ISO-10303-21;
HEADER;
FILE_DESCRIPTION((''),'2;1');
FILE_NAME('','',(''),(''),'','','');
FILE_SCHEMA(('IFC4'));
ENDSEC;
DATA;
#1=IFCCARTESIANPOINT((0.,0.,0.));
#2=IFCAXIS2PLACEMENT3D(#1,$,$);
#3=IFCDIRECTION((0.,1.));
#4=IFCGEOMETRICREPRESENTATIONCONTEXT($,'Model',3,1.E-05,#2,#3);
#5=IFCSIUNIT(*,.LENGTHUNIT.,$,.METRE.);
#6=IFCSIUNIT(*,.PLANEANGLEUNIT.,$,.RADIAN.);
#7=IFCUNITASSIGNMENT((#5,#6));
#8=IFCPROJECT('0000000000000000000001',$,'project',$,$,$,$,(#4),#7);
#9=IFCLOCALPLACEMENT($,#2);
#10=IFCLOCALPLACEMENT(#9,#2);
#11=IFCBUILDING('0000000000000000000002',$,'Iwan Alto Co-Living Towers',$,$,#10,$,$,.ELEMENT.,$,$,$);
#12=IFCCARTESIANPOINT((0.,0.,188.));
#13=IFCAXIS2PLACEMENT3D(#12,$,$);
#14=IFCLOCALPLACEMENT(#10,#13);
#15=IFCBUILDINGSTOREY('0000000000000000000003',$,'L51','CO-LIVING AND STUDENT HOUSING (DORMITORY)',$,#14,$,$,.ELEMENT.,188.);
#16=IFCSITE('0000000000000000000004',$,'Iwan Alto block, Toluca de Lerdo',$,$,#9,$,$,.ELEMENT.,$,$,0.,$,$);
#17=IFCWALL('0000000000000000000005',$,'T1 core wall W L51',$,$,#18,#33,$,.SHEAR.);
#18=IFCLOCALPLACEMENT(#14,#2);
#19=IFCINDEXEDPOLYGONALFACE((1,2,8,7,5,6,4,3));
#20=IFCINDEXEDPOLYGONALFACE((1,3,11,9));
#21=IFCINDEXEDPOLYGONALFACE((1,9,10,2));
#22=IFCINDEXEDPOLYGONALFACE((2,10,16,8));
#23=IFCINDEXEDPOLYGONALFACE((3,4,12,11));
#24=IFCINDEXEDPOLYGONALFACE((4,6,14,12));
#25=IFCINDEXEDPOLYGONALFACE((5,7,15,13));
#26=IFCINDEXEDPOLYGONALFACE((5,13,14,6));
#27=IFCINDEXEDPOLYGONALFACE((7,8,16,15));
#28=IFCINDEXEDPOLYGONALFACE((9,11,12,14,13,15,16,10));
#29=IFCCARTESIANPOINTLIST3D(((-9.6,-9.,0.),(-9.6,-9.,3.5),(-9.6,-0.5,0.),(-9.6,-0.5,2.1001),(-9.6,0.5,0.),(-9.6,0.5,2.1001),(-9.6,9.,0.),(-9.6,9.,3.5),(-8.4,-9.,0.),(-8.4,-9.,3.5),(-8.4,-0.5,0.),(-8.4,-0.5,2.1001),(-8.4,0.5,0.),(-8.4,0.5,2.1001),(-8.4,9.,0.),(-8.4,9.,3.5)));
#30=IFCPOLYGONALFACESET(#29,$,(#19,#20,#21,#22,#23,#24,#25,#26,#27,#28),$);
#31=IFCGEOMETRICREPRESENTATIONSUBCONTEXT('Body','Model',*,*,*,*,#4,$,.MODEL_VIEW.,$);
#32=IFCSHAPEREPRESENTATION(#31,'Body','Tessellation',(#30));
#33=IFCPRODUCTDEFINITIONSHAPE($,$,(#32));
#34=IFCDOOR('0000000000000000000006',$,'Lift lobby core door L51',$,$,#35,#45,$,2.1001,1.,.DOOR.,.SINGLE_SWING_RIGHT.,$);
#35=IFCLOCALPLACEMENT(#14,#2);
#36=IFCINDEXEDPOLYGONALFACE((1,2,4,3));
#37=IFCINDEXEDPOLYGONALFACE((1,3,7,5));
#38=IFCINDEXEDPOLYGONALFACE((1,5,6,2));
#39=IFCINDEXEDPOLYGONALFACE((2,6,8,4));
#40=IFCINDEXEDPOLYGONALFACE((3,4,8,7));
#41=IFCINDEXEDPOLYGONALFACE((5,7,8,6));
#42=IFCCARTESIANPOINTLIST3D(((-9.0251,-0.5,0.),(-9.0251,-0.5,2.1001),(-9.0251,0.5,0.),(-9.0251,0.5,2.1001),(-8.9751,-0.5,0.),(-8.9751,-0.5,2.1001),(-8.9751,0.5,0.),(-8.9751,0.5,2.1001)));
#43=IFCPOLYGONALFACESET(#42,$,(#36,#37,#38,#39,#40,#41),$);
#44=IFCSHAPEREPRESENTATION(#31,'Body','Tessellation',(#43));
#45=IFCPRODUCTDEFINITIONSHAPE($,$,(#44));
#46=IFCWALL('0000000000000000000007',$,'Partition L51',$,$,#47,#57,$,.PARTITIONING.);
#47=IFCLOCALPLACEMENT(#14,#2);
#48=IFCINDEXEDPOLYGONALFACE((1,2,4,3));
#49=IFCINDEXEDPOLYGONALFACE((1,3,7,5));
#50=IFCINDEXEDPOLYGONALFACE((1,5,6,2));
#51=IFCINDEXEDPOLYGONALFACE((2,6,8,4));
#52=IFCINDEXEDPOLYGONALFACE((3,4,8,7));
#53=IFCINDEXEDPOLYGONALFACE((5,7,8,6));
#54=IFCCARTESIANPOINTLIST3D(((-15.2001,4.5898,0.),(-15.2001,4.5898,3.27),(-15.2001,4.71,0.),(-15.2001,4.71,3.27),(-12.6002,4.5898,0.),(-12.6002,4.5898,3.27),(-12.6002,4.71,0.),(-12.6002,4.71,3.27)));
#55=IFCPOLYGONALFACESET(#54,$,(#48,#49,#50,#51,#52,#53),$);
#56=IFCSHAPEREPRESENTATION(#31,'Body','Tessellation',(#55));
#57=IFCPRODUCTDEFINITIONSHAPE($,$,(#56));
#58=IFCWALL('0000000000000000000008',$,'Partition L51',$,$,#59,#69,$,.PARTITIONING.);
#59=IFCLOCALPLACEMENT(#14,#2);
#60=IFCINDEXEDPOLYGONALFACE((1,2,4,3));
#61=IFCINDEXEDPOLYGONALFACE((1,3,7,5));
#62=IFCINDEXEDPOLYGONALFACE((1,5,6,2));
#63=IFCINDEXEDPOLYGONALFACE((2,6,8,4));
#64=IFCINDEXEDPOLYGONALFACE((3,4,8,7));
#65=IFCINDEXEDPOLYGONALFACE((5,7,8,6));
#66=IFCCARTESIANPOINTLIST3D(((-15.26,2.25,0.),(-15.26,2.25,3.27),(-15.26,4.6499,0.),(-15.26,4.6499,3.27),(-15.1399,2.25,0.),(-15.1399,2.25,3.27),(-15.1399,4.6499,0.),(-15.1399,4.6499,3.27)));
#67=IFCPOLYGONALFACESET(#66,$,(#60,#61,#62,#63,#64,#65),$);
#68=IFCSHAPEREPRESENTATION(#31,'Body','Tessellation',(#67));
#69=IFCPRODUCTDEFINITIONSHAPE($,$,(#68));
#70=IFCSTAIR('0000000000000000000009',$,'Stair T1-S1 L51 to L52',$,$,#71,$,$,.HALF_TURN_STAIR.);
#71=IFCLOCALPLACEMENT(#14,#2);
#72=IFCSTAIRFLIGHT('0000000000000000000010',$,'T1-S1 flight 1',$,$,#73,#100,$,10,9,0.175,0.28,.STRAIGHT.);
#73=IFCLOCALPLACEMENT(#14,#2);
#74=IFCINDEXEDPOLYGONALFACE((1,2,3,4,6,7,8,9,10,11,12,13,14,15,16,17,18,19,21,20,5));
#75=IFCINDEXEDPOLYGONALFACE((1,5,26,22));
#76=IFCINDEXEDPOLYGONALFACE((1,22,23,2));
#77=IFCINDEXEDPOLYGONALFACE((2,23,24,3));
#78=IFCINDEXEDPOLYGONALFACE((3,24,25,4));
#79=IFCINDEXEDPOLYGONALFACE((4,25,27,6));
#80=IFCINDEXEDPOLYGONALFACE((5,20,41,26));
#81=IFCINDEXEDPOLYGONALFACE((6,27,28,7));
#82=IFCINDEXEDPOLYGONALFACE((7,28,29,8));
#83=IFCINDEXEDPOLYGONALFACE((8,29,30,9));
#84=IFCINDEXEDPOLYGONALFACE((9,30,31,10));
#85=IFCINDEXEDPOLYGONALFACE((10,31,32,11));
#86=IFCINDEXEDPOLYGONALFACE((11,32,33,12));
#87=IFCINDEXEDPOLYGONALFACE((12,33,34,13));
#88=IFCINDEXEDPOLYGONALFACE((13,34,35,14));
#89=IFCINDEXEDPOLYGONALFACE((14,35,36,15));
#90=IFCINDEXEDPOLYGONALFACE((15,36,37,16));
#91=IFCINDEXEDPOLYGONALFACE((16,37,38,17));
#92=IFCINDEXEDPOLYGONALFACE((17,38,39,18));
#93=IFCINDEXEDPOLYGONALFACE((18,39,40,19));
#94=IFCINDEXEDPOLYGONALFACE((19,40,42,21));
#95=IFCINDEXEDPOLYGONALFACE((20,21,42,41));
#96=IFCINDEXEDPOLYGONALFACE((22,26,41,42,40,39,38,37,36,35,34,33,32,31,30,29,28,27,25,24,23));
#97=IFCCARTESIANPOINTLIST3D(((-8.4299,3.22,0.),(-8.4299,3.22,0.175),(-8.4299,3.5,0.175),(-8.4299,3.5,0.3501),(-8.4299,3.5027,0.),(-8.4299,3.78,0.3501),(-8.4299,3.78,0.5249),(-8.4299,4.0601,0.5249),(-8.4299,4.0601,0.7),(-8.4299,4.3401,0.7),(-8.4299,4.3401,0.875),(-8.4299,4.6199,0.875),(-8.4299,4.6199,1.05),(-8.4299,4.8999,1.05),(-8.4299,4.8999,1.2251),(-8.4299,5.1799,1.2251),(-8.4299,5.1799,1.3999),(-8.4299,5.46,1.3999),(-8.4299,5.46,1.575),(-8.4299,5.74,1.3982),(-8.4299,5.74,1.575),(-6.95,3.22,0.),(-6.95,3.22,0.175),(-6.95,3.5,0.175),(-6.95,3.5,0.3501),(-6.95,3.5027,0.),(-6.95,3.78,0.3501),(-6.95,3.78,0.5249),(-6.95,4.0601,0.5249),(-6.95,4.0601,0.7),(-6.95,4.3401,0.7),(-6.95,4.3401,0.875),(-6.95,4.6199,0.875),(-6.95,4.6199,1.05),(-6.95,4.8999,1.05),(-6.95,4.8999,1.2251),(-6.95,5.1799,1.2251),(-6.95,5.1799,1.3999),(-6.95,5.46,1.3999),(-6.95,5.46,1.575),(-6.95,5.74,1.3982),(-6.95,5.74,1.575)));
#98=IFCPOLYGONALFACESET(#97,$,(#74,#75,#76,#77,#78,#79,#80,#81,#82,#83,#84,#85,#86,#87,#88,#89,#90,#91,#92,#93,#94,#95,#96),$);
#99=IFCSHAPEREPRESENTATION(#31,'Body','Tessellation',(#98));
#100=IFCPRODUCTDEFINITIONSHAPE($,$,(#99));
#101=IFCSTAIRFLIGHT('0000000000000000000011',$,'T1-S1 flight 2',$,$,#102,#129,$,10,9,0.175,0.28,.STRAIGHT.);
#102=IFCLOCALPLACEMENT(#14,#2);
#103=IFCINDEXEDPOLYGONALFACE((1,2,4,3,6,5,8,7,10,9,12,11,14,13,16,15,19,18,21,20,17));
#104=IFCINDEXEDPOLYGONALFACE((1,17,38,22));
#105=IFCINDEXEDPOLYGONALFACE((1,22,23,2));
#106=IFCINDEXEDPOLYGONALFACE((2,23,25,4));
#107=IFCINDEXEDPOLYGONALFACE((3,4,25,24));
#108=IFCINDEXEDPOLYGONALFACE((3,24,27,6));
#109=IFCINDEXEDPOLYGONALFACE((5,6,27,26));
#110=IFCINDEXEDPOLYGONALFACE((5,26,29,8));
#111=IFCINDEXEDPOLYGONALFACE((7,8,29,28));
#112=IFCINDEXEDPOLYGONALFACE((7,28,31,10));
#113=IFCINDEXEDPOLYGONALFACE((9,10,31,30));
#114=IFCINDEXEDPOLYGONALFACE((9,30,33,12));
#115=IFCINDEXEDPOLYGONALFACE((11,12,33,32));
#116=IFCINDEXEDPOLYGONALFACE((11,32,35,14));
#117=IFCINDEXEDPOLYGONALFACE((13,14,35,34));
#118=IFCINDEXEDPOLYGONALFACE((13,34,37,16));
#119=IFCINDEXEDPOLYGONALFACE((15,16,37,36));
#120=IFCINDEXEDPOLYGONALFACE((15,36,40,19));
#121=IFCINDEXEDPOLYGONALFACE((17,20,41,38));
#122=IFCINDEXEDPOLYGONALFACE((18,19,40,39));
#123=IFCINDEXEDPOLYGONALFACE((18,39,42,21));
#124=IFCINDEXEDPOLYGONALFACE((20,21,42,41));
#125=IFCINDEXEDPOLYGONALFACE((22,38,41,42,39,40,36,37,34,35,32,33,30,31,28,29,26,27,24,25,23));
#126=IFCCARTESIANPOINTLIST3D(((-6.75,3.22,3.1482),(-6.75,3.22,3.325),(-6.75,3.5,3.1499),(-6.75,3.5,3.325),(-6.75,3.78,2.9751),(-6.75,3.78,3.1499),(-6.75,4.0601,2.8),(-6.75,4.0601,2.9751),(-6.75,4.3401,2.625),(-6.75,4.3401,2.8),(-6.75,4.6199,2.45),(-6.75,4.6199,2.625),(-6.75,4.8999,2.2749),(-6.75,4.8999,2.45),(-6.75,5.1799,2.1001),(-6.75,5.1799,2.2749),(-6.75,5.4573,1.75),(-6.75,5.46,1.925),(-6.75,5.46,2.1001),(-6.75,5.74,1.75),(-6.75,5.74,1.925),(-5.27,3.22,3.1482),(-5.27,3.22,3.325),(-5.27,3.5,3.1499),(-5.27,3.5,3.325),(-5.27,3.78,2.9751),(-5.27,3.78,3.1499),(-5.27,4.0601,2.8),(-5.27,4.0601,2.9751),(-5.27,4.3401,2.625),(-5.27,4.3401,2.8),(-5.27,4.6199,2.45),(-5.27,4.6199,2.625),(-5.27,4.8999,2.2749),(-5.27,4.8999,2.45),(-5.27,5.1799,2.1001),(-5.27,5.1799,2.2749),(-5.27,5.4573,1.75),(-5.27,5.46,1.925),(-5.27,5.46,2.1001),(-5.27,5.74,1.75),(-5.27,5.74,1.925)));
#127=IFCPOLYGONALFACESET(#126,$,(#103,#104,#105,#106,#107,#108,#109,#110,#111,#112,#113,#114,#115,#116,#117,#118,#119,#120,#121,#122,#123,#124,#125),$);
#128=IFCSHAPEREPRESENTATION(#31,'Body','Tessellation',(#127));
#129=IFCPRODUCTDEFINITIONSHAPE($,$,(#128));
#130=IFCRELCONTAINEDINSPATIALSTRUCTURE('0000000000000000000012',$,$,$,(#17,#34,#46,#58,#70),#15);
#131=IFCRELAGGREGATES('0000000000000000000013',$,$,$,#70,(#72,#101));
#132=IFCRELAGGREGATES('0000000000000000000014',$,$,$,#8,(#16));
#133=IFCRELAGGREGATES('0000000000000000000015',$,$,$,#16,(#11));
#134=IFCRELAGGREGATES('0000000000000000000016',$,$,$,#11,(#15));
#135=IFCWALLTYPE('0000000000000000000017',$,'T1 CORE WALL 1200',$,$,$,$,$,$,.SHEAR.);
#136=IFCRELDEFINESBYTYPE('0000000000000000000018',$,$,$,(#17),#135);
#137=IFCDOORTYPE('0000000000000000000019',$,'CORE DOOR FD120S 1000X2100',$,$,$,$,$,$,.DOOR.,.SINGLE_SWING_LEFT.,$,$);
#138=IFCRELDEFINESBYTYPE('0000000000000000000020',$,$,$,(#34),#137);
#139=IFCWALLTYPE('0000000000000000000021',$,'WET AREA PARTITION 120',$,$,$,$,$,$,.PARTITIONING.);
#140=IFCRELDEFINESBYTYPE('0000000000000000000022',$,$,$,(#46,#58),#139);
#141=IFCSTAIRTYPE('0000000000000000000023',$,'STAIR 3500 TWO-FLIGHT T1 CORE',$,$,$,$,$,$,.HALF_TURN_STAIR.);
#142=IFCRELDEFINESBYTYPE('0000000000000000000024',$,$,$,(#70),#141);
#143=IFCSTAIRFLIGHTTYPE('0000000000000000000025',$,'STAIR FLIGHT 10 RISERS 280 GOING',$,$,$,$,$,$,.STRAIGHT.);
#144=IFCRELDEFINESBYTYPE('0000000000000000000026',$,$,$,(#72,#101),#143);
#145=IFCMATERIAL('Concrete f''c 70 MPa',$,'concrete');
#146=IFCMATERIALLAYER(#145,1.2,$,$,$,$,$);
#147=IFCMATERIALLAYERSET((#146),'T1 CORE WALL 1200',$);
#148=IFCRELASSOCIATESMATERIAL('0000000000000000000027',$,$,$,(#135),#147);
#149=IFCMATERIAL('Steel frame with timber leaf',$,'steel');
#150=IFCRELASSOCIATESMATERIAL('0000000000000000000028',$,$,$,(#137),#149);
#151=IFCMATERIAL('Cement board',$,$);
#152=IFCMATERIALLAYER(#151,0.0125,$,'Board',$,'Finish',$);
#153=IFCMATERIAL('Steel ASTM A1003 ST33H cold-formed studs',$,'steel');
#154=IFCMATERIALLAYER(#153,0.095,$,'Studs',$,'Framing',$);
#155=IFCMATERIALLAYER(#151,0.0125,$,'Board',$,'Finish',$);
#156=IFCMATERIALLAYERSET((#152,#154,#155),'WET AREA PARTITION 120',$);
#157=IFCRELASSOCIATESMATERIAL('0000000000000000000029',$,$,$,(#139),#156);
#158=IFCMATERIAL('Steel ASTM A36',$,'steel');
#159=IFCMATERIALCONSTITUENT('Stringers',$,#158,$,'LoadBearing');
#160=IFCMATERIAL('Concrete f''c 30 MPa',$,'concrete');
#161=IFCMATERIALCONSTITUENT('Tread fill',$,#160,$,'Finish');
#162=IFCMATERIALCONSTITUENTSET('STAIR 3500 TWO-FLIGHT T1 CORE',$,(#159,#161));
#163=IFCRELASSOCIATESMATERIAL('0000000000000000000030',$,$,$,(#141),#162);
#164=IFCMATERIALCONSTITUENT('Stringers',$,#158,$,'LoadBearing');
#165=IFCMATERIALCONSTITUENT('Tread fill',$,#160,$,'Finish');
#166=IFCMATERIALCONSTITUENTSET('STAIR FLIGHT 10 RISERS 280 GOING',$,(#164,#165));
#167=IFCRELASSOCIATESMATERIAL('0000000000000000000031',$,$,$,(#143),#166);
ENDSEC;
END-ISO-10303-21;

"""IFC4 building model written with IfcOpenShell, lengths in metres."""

from ifc_helpers import new_model, si_unit, direction, frame, frame_2d, origin, place, context, subcontext, project, spatial, polyline, rectangle, outline, extrude, material, layer, layer_set, constituent, constituent_set, type_object, element, fill, aggregate, save


model = new_model("IFC4")

# Units and contexts
model_context = context("Model", 3, precision=1e-05, world=origin(), true_north=direction((0.0, 1.0)))
body_context = subcontext(model_context, "Body", "Model", "MODEL_VIEW")
ifc_project = project(units=[si_unit("LENGTHUNIT", "METRE"), si_unit("PLANEANGLEUNIT", "RADIAN")], contexts=[model_context])

# Site, building, storey
site_placement = place(None, origin())
site = spatial("IfcSite", under=ifc_project, at=site_placement, Name="Iwan Alto block, Toluca de Lerdo", CompositionType="ELEMENT", RefElevation=0.0)
building_placement = place(site_placement, origin())
building = spatial("IfcBuilding", under=site, at=building_placement, Name="Iwan Alto Co-Living Towers", CompositionType="ELEMENT")
storey_placement = place(building_placement, frame((0.0, 0.0, 188.0)))
storey = spatial("IfcBuildingStorey", under=building, at=storey_placement, Name="L51", Description="CO-LIVING AND STUDENT HOUSING (DORMITORY)", CompositionType="ELEMENT", Elevation=188.0)

# Shared definitions
ifc_material_1 = material(Name="Steel ASTM A1003 ST33H cold-formed studs", Category="steel")

# Wall, opening, door
ifc_material_2 = material(Name="Concrete f'c 70 MPa", Category="concrete")
ifc_layer_1 = layer(ifc_material_2, 1.2)
ifc_layer_set_1 = layer_set([ifc_layer_1], Name="T1 CORE WALL 1200")
wall_type_1 = type_object("IfcWallType", Name="T1 CORE WALL 1200", PredefinedType="SHEAR", material=ifc_layer_set_1)
wall_1_placement = place(storey_placement, frame((-9.0, 9.0, 0.0), z_axis=(0.0, 0.0, 1.0), x_axis=(0.0, -1.0, 0.0)))
wall_1 = element("IfcWall", 1, at=wall_1_placement, inside=storey, type_object=wall_type_1, Name="T1 core wall W L51", PredefinedType="SHEAR", context=body_context, shape_type="SweptSolid", body=[
    extrude(rectangle(XDim=18.0, YDim=1.2, at=frame_2d((9.0, 0.0))), origin(), (0.0, 0.0, 1.0), 3.5),
])
opening_1_placement = place(wall_1_placement, frame((8.5, 0.0, 0.0)))
opening_1 = element("IfcOpeningElement", 2, at=opening_1_placement, cuts=wall_1, PredefinedType="OPENING", context=body_context, shape_type="SweptSolid", body=[
    extrude(rectangle(XDim=1.0, YDim=2.1001, at=frame_2d((0.5, 1.05))), frame((0.0, 0.6099, 0.0), z_axis=(0.0, -1.0, 0.0), x_axis=(1.0, 0.0, 0.0)), (0.0, 0.0, 1.0), 1.22),
])
ifc_material_3 = material(Name="Steel frame with timber leaf", Category="steel")
door_type_1 = type_object("IfcDoorType", Name="CORE DOOR FD120S 1000X2100", OperationType="SINGLE_SWING_LEFT", PredefinedType="DOOR", material=ifc_material_3)
door_1_placement = place(opening_1_placement, origin())
door_1 = element("IfcDoor", 3, at=door_1_placement, inside=storey, type_object=door_type_1, Name="Lift lobby core door L51", OperationType="SINGLE_SWING_RIGHT", OverallHeight=2.1001, OverallWidth=1.0, PredefinedType="DOOR", context=body_context, shape_type="SweptSolid", body=[
    extrude(rectangle(XDim=1.0, YDim=2.1001, at=frame_2d((0.5, 1.05))), frame((0.0, 0.0249, 0.0), z_axis=(0.0, -1.0, 0.0), x_axis=(1.0, 0.0, 0.0)), (0.0, 0.0, 1.0), 0.05),
])
fill(opening_1, door_1)

# Walls
ifc_material_4 = material(Name="Cement board")
ifc_layer_2 = layer(ifc_material_4, 0.0125, Name="Board", Category="Finish")
ifc_layer_3 = layer(ifc_material_1, 0.095, Name="Studs", Category="Framing")
ifc_layer_4 = layer(ifc_material_4, 0.0125, Name="Board", Category="Finish")
ifc_layer_set_2 = layer_set([ifc_layer_2, ifc_layer_3, ifc_layer_4], Name="WET AREA PARTITION 120")
wall_type_2 = type_object("IfcWallType", Name="WET AREA PARTITION 120", PredefinedType="PARTITIONING", material=ifc_layer_set_2)
wall_2_placement = place(storey_placement, frame((-15.2, 4.6499, 0.0), z_axis=(0.0, 0.0, 1.0), x_axis=(1.0, 0.0, 0.0)))
element("IfcWall", 4, at=wall_2_placement, inside=storey, type_object=wall_type_2, Name="Partition L51", PredefinedType="PARTITIONING", context=body_context, shape_type="SweptSolid", body=[
    extrude(rectangle(XDim=2.5999, YDim=0.1201, at=frame_2d((1.2998, 0.0))), origin(), (0.0, 0.0, 1.0), 3.27),
])
wall_3_placement = place(storey_placement, frame((-15.2, 2.25, 0.0), z_axis=(0.0, 0.0, 1.0), x_axis=(0.0, 1.0, 0.0)))
element("IfcWall", 5, at=wall_3_placement, inside=storey, type_object=wall_type_2, Name="Partition L51", PredefinedType="PARTITIONING", context=body_context, shape_type="SweptSolid", body=[
    extrude(rectangle(XDim=2.3999, YDim=0.1201, at=frame_2d((1.2, 0.0))), origin(), (0.0, 0.0, 1.0), 3.27),
])

# Stair, stair flights
ifc_material_5 = material(Name="Steel ASTM A36", Category="steel")
ifc_constituent_1 = constituent(ifc_material_5, Name="Stringers", Category="LoadBearing")
ifc_material_6 = material(Name="Concrete f'c 30 MPa", Category="concrete")
ifc_constituent_2 = constituent(ifc_material_6, Name="Tread fill", Category="Finish")
ifc_constituent_set_1 = constituent_set(constituents=[ifc_constituent_1, ifc_constituent_2], Name="STAIR 3500 TWO-FLIGHT T1 CORE")
stair_type = type_object("IfcStairType", Name="STAIR 3500 TWO-FLIGHT T1 CORE", PredefinedType="HALF_TURN_STAIR", material=ifc_constituent_set_1)
stair_placement = place(storey_placement, origin())
stair = element("IfcStair", 6, at=stair_placement, inside=storey, type_object=stair_type, Name="Stair T1-S1 L51 to L52", PredefinedType="HALF_TURN_STAIR")
ifc_constituent_3 = constituent(ifc_material_5, Name="Stringers", Category="LoadBearing")
ifc_constituent_4 = constituent(ifc_material_6, Name="Tread fill", Category="Finish")
ifc_constituent_set_2 = constituent_set(constituents=[ifc_constituent_3, ifc_constituent_4], Name="STAIR FLIGHT 10 RISERS 280 GOING")
stair_flight_type = type_object("IfcStairFlightType", Name="STAIR FLIGHT 10 RISERS 280 GOING", PredefinedType="STRAIGHT", material=ifc_constituent_set_2)
stair_flight_1_placement = place(storey_placement, frame((-7.6899, 3.22, 0.0), z_axis=(0.0, 0.0, 1.0), x_axis=(0.0, 1.0, 0.0)))
stair_flight_1 = element("IfcStairFlight", 7, at=stair_flight_1_placement, type_object=stair_flight_type, Name="T1-S1 flight 1", NumberOfRisers=10, NumberOfTreads=9, PredefinedType="STRAIGHT", RiserHeight=0.175, TreadLength=0.28, context=body_context, shape_type="SweptSolid", body=[
    extrude(outline(polyline([(0.0, 0.0), (0.0, 0.175), (0.28, 0.175), (0.28, 0.3501), (0.5601, 0.3501), (0.5601, 0.5249), (0.8401, 0.5249), (0.8401, 0.7), (1.1201, 0.7), (1.1201, 0.875), (1.3999, 0.875), (1.3999, 1.05), (1.6799, 1.05), (1.6799, 1.2251), (1.96, 1.2251), (1.96, 1.3999), (2.24, 1.3999), (2.24, 1.575), (2.52, 1.575), (2.52, 1.75), (2.52, 1.3982), (0.2827, 0.0), (0.0, 0.0)])), frame((0.0, 0.74, 0.0), z_axis=(0.0, -1.0, 0.0), x_axis=(1.0, 0.0, 0.0)), (0.0, 0.0, 1.0), 1.48),
])
stair_flight_2_placement = place(storey_placement, frame((-6.01, 5.74, 1.75), z_axis=(0.0, 0.0, 1.0), x_axis=(0.0, -1.0, 0.0)))
stair_flight_2 = element("IfcStairFlight", 8, at=stair_flight_2_placement, type_object=stair_flight_type, Name="T1-S1 flight 2", NumberOfRisers=10, NumberOfTreads=9, PredefinedType="STRAIGHT", RiserHeight=0.175, TreadLength=0.28, context=body_context, shape_type="SweptSolid", body=[
    extrude(outline(polyline([(0.0, 0.0), (0.0, 0.175), (0.28, 0.175), (0.28, 0.3501), (0.5601, 0.3501), (0.5601, 0.5249), (0.8401, 0.5249), (0.8401, 0.7), (1.1201, 0.7), (1.1201, 0.875), (1.3999, 0.875), (1.3999, 1.05), (1.6799, 1.05), (1.6799, 1.2251), (1.96, 1.2251), (1.96, 1.3999), (2.24, 1.3999), (2.24, 1.575), (2.52, 1.575), (2.52, 1.75), (2.52, 1.3982), (0.2827, 0.0), (0.0, 0.0)])), frame((0.0, 0.74, 0.0), z_axis=(0.0, -1.0, 0.0), x_axis=(1.0, 0.0, 0.0)), (0.0, 0.0, 1.0), 1.48),
])
aggregate(stair, [stair_flight_1, stair_flight_2])

save(model, "model.ifc")
